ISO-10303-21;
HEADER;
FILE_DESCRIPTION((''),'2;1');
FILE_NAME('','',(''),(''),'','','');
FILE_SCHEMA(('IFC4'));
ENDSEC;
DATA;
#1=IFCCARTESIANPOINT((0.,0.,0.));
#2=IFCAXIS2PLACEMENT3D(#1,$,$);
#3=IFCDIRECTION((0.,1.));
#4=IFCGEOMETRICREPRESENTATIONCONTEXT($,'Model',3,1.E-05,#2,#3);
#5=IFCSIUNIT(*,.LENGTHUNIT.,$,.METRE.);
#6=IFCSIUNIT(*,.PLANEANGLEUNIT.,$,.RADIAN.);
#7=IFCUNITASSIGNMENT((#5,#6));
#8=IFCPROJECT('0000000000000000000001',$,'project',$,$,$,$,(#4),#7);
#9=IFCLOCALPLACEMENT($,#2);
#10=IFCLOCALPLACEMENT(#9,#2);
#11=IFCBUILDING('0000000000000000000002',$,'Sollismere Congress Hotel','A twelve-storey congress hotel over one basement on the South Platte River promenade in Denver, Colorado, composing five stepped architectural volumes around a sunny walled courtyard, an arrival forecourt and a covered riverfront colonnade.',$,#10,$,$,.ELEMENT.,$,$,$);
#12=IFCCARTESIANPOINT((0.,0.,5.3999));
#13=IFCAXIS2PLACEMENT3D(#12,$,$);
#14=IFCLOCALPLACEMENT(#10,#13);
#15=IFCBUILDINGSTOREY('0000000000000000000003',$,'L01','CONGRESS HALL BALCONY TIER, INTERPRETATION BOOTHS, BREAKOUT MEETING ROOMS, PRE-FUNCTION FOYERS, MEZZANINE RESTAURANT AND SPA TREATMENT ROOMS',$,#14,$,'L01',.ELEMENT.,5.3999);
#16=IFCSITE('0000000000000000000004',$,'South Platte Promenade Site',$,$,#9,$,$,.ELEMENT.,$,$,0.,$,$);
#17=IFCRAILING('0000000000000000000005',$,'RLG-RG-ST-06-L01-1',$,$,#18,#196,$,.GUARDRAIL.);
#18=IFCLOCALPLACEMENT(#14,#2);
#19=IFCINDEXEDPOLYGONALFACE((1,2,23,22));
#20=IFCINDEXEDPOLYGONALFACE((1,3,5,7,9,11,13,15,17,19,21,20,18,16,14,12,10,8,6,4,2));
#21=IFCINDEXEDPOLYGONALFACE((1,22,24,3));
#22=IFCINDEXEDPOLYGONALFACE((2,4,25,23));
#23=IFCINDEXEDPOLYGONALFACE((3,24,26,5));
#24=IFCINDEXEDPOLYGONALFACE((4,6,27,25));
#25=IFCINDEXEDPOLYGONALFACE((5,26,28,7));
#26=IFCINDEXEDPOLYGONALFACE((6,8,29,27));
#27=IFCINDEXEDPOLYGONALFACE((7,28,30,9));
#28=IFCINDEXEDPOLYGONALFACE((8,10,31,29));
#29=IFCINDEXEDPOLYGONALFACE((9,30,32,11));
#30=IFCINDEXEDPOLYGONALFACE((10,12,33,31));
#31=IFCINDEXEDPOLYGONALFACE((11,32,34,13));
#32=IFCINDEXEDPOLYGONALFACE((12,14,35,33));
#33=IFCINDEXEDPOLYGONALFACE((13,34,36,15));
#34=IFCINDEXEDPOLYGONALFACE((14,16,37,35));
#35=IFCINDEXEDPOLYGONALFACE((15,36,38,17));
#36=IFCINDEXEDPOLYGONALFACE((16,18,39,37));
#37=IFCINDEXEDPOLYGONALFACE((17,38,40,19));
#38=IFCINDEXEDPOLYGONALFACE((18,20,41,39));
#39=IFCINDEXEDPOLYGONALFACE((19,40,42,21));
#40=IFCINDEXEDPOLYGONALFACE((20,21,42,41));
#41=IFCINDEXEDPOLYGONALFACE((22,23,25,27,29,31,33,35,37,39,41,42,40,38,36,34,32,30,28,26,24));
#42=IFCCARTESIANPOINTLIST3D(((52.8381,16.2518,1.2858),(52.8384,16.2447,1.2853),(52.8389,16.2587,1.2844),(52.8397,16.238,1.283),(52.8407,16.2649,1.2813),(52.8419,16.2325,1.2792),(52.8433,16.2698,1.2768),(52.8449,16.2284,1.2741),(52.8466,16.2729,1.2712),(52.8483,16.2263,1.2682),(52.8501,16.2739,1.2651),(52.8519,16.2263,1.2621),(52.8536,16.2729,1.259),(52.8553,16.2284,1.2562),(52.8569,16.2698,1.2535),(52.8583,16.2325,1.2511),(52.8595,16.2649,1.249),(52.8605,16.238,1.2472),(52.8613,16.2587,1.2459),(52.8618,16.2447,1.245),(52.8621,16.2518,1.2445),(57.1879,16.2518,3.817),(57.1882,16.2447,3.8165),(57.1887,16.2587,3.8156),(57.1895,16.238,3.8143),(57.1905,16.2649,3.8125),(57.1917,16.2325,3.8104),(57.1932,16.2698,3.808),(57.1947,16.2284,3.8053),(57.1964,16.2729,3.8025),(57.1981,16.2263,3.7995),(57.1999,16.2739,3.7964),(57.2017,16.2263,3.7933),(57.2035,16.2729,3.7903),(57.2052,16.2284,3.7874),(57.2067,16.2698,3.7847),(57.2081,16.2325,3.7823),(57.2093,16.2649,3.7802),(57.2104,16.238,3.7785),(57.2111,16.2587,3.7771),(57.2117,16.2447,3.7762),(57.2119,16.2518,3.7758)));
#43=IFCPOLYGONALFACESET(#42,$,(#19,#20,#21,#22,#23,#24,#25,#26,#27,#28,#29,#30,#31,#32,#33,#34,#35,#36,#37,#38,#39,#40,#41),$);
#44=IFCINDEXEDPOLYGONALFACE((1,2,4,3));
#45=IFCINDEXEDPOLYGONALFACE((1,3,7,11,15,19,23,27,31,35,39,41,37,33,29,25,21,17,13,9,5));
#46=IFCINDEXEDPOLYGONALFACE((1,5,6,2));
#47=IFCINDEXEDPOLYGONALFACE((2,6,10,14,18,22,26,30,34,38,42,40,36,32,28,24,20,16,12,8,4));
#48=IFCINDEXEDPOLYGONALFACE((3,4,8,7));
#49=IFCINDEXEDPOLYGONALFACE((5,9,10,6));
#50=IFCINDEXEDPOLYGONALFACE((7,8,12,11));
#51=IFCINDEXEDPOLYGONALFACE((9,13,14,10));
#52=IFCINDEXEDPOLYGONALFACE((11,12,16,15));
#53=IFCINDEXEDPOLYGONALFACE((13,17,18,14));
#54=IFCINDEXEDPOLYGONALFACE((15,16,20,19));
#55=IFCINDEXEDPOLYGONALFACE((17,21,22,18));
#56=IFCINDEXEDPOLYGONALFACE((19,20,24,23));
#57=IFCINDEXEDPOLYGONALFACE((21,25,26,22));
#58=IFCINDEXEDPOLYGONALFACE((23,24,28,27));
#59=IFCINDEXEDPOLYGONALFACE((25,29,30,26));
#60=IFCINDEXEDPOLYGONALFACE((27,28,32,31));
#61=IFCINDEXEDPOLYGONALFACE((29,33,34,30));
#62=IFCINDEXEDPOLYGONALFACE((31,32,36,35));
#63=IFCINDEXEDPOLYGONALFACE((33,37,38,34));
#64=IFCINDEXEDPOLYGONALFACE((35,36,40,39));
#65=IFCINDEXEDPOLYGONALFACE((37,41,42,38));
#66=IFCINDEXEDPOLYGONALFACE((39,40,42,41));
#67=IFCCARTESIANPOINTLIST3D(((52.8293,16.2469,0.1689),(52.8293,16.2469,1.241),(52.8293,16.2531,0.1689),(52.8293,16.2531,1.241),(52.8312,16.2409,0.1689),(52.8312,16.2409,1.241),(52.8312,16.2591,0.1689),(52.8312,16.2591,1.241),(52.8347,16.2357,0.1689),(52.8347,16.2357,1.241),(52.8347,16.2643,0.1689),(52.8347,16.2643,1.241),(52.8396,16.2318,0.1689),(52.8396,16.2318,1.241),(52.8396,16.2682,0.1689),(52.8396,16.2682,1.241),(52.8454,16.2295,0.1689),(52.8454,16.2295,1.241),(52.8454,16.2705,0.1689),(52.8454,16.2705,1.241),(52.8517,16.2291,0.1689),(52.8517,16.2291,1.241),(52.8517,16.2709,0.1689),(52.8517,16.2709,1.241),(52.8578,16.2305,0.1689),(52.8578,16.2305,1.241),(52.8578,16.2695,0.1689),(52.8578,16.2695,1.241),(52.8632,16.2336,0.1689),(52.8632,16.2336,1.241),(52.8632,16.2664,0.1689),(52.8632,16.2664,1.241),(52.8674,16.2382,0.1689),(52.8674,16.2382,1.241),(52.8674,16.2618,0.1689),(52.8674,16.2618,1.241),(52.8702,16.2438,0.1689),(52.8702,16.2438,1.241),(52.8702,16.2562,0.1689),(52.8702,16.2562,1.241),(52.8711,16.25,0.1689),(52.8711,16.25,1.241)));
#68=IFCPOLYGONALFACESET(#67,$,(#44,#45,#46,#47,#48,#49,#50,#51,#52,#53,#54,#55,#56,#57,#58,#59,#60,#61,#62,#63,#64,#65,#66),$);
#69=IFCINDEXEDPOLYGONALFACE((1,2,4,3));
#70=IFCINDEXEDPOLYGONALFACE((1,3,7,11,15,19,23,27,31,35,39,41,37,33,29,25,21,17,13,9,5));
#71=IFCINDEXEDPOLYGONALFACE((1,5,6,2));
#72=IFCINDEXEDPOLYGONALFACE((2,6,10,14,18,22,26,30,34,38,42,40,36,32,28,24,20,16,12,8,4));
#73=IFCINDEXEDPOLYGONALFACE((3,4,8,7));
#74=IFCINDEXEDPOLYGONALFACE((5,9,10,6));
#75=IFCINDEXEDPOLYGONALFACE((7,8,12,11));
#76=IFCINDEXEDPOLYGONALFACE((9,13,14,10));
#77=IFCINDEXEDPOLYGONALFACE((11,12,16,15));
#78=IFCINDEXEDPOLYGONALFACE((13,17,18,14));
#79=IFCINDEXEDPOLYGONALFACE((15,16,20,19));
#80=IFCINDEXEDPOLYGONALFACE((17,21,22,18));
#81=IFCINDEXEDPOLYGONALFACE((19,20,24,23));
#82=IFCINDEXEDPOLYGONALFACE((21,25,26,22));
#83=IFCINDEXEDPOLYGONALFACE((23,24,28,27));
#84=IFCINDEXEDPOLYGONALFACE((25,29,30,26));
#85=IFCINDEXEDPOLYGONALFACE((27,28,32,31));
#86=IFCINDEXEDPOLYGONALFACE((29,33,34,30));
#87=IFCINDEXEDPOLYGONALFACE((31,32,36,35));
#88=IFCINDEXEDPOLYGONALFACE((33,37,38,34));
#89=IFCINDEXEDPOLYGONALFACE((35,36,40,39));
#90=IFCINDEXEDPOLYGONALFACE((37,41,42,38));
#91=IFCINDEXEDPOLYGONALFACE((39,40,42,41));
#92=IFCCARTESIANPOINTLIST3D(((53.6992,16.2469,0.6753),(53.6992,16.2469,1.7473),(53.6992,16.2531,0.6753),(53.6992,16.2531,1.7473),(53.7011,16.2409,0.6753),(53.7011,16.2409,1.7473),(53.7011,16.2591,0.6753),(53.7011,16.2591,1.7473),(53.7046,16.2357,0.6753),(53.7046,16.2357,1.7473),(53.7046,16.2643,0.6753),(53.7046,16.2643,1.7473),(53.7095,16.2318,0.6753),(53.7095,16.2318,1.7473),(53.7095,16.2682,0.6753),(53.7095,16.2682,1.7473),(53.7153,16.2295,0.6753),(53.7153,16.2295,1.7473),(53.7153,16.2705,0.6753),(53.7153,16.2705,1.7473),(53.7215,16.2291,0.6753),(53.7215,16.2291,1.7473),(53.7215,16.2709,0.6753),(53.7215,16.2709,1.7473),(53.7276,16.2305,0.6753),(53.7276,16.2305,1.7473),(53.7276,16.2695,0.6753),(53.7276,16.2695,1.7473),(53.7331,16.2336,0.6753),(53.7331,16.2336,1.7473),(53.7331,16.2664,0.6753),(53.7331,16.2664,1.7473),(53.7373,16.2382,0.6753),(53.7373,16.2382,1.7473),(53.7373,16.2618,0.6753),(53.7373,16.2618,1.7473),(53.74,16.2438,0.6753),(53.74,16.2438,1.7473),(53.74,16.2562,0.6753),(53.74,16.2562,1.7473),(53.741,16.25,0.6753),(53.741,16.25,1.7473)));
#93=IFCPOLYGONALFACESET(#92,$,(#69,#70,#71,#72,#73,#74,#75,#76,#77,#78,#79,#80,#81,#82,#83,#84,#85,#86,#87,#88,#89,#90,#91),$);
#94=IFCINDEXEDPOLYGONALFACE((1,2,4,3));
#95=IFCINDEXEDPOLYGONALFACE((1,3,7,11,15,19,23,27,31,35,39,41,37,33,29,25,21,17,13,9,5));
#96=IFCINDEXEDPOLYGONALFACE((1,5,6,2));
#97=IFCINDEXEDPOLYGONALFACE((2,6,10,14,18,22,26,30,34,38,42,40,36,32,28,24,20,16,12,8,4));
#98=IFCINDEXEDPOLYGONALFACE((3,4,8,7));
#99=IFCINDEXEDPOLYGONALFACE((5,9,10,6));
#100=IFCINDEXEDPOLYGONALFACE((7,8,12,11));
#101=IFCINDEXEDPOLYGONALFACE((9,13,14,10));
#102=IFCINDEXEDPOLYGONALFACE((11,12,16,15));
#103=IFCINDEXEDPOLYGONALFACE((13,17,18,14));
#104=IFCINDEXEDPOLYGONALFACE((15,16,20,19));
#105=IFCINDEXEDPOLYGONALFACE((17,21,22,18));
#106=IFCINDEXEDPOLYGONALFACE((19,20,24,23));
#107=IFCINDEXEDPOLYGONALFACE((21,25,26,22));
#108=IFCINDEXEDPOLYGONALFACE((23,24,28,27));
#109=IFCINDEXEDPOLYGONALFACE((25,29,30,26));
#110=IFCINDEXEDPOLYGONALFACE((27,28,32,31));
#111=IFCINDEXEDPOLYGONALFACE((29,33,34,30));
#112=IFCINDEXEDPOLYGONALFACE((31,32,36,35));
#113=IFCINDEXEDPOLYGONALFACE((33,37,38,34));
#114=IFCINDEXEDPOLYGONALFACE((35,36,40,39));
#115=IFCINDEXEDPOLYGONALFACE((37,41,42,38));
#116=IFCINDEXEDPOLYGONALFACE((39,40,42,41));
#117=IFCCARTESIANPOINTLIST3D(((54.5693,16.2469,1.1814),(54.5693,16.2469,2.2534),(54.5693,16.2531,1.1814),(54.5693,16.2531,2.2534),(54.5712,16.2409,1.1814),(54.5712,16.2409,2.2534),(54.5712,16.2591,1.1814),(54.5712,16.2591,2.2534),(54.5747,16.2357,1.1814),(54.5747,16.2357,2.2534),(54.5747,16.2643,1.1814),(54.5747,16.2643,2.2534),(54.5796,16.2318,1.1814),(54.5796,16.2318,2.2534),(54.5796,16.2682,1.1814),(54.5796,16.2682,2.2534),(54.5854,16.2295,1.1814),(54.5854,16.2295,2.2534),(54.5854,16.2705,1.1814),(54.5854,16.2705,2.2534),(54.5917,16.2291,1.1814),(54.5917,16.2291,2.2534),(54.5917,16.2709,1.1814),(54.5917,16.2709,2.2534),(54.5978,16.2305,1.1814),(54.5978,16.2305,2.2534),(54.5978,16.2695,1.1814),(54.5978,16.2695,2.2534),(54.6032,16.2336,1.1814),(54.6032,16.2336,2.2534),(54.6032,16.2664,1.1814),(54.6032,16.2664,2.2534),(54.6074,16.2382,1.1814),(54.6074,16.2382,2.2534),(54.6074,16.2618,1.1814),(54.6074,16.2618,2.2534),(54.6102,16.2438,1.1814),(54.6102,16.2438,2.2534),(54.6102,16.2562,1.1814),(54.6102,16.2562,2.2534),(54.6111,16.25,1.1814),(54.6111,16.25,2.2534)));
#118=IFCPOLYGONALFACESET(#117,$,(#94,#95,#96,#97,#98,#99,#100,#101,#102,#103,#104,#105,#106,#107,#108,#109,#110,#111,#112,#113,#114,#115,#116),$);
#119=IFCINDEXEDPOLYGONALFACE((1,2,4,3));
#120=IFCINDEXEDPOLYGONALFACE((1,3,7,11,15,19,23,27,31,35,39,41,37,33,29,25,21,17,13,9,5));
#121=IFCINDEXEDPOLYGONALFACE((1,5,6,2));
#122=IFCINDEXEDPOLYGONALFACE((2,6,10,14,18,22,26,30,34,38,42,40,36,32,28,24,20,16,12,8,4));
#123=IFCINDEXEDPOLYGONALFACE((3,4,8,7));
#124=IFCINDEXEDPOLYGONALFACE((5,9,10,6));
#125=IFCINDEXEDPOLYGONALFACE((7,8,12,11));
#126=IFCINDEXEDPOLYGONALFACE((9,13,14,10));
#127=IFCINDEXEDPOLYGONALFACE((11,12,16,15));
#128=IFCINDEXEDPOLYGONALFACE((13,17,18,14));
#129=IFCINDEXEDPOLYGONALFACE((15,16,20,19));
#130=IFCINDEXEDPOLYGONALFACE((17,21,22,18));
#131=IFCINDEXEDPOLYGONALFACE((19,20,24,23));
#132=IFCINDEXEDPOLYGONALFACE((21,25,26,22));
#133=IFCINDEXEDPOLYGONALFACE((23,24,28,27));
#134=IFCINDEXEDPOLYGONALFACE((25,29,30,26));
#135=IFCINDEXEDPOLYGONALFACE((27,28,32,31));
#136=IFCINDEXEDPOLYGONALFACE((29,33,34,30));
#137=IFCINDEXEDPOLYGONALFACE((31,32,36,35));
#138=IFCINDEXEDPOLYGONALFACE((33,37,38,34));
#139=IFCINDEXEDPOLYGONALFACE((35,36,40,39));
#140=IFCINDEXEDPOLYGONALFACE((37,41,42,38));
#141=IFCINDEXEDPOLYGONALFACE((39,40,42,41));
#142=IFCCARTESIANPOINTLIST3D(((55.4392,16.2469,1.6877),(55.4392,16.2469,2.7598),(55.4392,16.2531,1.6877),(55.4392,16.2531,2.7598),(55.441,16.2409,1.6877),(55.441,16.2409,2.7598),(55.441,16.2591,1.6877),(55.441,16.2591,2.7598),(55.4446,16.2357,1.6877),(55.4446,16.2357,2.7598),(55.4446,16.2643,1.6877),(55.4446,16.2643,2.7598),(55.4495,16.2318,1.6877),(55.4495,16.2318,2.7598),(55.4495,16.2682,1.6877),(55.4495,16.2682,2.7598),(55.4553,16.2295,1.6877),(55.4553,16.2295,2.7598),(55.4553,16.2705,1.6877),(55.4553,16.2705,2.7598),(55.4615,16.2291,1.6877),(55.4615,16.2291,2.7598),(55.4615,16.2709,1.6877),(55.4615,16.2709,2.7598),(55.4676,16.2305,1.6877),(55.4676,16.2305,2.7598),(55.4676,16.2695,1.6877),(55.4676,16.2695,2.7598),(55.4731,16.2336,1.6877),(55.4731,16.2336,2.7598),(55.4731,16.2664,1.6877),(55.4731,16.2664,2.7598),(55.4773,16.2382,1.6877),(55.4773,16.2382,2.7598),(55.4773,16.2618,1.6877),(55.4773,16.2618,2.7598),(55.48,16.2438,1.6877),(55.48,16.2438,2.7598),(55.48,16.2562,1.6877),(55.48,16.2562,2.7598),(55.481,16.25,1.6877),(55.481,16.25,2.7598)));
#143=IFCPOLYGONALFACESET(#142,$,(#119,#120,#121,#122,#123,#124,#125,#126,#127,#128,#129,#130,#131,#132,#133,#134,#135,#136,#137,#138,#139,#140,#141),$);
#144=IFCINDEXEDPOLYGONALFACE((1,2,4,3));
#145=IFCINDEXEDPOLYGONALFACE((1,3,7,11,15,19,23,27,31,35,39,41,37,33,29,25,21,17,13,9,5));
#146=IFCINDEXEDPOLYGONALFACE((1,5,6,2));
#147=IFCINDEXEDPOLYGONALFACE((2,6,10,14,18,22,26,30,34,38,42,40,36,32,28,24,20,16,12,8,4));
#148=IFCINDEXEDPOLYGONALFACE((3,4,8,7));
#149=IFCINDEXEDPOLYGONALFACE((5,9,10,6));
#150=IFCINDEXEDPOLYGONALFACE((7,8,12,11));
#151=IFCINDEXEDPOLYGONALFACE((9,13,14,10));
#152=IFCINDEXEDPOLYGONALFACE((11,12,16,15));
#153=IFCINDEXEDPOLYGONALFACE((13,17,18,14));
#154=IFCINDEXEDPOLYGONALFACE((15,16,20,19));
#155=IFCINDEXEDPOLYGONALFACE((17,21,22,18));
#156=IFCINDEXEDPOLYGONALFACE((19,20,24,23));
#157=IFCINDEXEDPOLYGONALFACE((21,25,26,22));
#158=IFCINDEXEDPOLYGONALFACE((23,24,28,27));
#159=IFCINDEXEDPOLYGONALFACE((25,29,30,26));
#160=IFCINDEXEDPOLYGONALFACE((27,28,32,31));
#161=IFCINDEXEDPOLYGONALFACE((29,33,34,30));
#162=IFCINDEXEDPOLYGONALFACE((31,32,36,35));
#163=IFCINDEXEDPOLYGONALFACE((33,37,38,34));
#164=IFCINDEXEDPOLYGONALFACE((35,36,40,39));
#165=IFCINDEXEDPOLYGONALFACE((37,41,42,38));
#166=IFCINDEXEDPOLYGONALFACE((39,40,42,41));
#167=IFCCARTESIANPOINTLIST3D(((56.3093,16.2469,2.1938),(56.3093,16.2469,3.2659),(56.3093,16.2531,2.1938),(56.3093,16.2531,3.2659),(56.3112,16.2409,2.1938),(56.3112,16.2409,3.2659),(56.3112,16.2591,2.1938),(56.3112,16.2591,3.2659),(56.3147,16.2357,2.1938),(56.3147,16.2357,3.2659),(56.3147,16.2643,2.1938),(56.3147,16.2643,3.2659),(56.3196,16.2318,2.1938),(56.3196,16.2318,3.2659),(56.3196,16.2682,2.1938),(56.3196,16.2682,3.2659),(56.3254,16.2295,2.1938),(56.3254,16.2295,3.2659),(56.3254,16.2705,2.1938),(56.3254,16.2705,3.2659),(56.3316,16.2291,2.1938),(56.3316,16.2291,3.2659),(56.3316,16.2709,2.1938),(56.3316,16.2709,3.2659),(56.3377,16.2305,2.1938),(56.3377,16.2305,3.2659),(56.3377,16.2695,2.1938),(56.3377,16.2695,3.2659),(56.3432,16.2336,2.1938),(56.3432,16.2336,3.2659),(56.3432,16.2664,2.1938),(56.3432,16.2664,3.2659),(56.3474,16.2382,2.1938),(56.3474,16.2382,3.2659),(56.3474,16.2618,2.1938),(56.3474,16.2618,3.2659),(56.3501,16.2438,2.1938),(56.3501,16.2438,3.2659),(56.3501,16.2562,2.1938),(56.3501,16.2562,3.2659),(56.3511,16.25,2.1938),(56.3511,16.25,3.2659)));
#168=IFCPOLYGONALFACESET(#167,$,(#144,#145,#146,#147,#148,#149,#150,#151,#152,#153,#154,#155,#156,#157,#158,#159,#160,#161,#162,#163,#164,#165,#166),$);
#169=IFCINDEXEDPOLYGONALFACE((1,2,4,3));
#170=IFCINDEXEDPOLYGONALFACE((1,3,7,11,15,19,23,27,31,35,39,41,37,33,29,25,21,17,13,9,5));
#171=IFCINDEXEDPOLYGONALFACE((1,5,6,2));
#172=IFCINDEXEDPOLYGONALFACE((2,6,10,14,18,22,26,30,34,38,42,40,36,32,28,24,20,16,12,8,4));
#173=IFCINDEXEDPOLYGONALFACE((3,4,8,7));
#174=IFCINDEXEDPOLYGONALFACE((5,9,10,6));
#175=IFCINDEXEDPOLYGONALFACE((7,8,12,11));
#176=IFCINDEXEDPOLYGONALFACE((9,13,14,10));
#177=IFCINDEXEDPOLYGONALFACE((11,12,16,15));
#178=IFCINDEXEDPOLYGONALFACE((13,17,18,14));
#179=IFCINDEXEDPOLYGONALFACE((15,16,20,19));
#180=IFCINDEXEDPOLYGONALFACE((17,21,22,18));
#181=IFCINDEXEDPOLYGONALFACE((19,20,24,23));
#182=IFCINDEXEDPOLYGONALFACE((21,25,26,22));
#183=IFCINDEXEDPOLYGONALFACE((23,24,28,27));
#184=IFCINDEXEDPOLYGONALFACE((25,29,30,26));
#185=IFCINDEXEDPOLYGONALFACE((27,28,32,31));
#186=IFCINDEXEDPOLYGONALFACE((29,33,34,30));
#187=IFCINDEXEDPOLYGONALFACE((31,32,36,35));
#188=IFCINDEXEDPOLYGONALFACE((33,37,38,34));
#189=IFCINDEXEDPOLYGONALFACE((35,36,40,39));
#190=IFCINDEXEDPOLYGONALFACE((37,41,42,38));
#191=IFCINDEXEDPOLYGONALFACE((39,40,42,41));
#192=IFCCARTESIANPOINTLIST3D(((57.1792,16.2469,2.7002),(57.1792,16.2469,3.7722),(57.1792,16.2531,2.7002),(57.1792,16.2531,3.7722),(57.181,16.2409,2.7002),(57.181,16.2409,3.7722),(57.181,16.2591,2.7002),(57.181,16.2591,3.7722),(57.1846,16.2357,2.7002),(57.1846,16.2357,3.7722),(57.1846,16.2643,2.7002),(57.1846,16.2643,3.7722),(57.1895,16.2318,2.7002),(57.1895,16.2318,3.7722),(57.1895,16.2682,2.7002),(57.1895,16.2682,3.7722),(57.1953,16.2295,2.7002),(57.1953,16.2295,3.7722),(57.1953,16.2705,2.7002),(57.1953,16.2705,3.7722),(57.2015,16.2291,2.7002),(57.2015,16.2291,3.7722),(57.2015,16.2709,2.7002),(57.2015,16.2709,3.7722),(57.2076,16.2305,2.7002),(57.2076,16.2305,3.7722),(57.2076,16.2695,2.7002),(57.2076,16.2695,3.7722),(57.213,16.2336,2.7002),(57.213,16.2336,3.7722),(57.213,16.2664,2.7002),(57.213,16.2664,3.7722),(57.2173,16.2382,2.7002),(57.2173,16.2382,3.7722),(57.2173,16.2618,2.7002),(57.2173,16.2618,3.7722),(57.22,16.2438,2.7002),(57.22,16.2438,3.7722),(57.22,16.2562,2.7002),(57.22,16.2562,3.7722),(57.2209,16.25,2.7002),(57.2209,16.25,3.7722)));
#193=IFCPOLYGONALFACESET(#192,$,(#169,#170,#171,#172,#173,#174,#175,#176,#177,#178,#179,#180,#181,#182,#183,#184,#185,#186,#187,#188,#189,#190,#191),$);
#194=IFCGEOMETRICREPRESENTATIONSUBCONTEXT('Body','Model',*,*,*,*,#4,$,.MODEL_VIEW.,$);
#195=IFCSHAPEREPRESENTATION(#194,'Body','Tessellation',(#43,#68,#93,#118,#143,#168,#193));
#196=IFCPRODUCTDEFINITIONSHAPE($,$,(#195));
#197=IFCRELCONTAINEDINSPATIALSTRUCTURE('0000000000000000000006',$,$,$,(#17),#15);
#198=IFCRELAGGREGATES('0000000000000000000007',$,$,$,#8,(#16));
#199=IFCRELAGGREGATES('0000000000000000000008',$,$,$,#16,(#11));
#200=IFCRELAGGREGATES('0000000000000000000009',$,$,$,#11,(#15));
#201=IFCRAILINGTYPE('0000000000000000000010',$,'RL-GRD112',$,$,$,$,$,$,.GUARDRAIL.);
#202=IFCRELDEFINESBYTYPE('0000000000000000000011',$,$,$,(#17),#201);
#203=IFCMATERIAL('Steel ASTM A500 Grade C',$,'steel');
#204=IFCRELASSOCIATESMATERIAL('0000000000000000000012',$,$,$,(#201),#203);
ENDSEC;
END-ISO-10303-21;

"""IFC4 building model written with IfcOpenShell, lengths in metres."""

from ifc_helpers import new_model, si_unit, direction, frame, origin, origin_2d, place, context, subcontext, project, spatial, circle, extrude, material, type_object, element, save


model = new_model("IFC4")

# Units and contexts
model_context = context("Model", 3, precision=1e-05, world=origin(), true_north=direction((0.0, 1.0)))
body_context = subcontext(model_context, "Body", "Model", "MODEL_VIEW")
ifc_project = project(units=[si_unit("LENGTHUNIT", "METRE"), si_unit("PLANEANGLEUNIT", "RADIAN")], contexts=[model_context])

# Site, building, storey
site_placement = place(None, origin())
site = spatial("IfcSite", under=ifc_project, at=site_placement, Name="South Platte Promenade Site", CompositionType="ELEMENT", RefElevation=0.0)
building_placement = place(site_placement, origin())
building = spatial("IfcBuilding", under=site, at=building_placement, Name="Sollismere Congress Hotel", Description="A twelve-storey congress hotel over one basement on the South Platte River promenade in Denver, Colorado, composing five stepped architectural volumes around a sunny walled courtyard, an arrival forecourt and a covered riverfront colonnade.", CompositionType="ELEMENT")
storey_placement = place(building_placement, frame((0.0, 0.0, 5.3999)))
storey = spatial("IfcBuildingStorey", under=building, at=storey_placement, Name="L01", Description="CONGRESS HALL BALCONY TIER, INTERPRETATION BOOTHS, BREAKOUT MEETING ROOMS, PRE-FUNCTION FOYERS, MEZZANINE RESTAURANT AND SPA TREATMENT ROOMS", LongName="L01", CompositionType="ELEMENT", Elevation=5.3999)

# Railing
ifc_material_1 = material(Name="Steel ASTM A500 Grade C", Category="steel")
railing_type_1 = type_object("IfcRailingType", Name="RL-GRD112", PredefinedType="GUARDRAIL", material=ifc_material_1)
railing_1_placement = place(storey_placement, frame((52.8501, 16.25, 0.1689)))
element("IfcRailing", 1, at=railing_1_placement, inside=storey, type_object=railing_type_1, Name="RLG-RG-ST-06-L01-1", PredefinedType="GUARDRAIL", context=body_context, shape_type="SweptSolid", body=[
    extrude(circle(Radius=0.0239, at=origin_2d()), frame((0.0, 0.0, 1.0962), z_axis=(0.864312, 0.0, 0.502957), x_axis=(0.0, 1.0, 0.0)), (0.0, 0.0, 1.0), 5.0327),
    extrude(circle(Radius=0.021, at=origin_2d()), origin(), (0.0, 0.0, 1.0), 1.072),
    extrude(circle(Radius=0.021, at=origin_2d()), frame((0.8699, 0.0, 0.5063)), (0.0, 0.0, 1.0), 1.072),
    extrude(circle(Radius=0.021, at=origin_2d()), frame((1.74, 0.0, 1.0125)), (0.0, 0.0, 1.0), 1.072),
    extrude(circle(Radius=0.021, at=origin_2d()), frame((2.6099, 0.0, 1.5188)), (0.0, 0.0, 1.0), 1.072),
    extrude(circle(Radius=0.021, at=origin_2d()), frame((3.48, 0.0, 2.0249)), (0.0, 0.0, 1.0), 1.072),
    extrude(circle(Radius=0.021, at=origin_2d()), frame((4.3499, 0.0, 2.5312)), (0.0, 0.0, 1.0), 1.072),
])

save(model, "model.ifc")
